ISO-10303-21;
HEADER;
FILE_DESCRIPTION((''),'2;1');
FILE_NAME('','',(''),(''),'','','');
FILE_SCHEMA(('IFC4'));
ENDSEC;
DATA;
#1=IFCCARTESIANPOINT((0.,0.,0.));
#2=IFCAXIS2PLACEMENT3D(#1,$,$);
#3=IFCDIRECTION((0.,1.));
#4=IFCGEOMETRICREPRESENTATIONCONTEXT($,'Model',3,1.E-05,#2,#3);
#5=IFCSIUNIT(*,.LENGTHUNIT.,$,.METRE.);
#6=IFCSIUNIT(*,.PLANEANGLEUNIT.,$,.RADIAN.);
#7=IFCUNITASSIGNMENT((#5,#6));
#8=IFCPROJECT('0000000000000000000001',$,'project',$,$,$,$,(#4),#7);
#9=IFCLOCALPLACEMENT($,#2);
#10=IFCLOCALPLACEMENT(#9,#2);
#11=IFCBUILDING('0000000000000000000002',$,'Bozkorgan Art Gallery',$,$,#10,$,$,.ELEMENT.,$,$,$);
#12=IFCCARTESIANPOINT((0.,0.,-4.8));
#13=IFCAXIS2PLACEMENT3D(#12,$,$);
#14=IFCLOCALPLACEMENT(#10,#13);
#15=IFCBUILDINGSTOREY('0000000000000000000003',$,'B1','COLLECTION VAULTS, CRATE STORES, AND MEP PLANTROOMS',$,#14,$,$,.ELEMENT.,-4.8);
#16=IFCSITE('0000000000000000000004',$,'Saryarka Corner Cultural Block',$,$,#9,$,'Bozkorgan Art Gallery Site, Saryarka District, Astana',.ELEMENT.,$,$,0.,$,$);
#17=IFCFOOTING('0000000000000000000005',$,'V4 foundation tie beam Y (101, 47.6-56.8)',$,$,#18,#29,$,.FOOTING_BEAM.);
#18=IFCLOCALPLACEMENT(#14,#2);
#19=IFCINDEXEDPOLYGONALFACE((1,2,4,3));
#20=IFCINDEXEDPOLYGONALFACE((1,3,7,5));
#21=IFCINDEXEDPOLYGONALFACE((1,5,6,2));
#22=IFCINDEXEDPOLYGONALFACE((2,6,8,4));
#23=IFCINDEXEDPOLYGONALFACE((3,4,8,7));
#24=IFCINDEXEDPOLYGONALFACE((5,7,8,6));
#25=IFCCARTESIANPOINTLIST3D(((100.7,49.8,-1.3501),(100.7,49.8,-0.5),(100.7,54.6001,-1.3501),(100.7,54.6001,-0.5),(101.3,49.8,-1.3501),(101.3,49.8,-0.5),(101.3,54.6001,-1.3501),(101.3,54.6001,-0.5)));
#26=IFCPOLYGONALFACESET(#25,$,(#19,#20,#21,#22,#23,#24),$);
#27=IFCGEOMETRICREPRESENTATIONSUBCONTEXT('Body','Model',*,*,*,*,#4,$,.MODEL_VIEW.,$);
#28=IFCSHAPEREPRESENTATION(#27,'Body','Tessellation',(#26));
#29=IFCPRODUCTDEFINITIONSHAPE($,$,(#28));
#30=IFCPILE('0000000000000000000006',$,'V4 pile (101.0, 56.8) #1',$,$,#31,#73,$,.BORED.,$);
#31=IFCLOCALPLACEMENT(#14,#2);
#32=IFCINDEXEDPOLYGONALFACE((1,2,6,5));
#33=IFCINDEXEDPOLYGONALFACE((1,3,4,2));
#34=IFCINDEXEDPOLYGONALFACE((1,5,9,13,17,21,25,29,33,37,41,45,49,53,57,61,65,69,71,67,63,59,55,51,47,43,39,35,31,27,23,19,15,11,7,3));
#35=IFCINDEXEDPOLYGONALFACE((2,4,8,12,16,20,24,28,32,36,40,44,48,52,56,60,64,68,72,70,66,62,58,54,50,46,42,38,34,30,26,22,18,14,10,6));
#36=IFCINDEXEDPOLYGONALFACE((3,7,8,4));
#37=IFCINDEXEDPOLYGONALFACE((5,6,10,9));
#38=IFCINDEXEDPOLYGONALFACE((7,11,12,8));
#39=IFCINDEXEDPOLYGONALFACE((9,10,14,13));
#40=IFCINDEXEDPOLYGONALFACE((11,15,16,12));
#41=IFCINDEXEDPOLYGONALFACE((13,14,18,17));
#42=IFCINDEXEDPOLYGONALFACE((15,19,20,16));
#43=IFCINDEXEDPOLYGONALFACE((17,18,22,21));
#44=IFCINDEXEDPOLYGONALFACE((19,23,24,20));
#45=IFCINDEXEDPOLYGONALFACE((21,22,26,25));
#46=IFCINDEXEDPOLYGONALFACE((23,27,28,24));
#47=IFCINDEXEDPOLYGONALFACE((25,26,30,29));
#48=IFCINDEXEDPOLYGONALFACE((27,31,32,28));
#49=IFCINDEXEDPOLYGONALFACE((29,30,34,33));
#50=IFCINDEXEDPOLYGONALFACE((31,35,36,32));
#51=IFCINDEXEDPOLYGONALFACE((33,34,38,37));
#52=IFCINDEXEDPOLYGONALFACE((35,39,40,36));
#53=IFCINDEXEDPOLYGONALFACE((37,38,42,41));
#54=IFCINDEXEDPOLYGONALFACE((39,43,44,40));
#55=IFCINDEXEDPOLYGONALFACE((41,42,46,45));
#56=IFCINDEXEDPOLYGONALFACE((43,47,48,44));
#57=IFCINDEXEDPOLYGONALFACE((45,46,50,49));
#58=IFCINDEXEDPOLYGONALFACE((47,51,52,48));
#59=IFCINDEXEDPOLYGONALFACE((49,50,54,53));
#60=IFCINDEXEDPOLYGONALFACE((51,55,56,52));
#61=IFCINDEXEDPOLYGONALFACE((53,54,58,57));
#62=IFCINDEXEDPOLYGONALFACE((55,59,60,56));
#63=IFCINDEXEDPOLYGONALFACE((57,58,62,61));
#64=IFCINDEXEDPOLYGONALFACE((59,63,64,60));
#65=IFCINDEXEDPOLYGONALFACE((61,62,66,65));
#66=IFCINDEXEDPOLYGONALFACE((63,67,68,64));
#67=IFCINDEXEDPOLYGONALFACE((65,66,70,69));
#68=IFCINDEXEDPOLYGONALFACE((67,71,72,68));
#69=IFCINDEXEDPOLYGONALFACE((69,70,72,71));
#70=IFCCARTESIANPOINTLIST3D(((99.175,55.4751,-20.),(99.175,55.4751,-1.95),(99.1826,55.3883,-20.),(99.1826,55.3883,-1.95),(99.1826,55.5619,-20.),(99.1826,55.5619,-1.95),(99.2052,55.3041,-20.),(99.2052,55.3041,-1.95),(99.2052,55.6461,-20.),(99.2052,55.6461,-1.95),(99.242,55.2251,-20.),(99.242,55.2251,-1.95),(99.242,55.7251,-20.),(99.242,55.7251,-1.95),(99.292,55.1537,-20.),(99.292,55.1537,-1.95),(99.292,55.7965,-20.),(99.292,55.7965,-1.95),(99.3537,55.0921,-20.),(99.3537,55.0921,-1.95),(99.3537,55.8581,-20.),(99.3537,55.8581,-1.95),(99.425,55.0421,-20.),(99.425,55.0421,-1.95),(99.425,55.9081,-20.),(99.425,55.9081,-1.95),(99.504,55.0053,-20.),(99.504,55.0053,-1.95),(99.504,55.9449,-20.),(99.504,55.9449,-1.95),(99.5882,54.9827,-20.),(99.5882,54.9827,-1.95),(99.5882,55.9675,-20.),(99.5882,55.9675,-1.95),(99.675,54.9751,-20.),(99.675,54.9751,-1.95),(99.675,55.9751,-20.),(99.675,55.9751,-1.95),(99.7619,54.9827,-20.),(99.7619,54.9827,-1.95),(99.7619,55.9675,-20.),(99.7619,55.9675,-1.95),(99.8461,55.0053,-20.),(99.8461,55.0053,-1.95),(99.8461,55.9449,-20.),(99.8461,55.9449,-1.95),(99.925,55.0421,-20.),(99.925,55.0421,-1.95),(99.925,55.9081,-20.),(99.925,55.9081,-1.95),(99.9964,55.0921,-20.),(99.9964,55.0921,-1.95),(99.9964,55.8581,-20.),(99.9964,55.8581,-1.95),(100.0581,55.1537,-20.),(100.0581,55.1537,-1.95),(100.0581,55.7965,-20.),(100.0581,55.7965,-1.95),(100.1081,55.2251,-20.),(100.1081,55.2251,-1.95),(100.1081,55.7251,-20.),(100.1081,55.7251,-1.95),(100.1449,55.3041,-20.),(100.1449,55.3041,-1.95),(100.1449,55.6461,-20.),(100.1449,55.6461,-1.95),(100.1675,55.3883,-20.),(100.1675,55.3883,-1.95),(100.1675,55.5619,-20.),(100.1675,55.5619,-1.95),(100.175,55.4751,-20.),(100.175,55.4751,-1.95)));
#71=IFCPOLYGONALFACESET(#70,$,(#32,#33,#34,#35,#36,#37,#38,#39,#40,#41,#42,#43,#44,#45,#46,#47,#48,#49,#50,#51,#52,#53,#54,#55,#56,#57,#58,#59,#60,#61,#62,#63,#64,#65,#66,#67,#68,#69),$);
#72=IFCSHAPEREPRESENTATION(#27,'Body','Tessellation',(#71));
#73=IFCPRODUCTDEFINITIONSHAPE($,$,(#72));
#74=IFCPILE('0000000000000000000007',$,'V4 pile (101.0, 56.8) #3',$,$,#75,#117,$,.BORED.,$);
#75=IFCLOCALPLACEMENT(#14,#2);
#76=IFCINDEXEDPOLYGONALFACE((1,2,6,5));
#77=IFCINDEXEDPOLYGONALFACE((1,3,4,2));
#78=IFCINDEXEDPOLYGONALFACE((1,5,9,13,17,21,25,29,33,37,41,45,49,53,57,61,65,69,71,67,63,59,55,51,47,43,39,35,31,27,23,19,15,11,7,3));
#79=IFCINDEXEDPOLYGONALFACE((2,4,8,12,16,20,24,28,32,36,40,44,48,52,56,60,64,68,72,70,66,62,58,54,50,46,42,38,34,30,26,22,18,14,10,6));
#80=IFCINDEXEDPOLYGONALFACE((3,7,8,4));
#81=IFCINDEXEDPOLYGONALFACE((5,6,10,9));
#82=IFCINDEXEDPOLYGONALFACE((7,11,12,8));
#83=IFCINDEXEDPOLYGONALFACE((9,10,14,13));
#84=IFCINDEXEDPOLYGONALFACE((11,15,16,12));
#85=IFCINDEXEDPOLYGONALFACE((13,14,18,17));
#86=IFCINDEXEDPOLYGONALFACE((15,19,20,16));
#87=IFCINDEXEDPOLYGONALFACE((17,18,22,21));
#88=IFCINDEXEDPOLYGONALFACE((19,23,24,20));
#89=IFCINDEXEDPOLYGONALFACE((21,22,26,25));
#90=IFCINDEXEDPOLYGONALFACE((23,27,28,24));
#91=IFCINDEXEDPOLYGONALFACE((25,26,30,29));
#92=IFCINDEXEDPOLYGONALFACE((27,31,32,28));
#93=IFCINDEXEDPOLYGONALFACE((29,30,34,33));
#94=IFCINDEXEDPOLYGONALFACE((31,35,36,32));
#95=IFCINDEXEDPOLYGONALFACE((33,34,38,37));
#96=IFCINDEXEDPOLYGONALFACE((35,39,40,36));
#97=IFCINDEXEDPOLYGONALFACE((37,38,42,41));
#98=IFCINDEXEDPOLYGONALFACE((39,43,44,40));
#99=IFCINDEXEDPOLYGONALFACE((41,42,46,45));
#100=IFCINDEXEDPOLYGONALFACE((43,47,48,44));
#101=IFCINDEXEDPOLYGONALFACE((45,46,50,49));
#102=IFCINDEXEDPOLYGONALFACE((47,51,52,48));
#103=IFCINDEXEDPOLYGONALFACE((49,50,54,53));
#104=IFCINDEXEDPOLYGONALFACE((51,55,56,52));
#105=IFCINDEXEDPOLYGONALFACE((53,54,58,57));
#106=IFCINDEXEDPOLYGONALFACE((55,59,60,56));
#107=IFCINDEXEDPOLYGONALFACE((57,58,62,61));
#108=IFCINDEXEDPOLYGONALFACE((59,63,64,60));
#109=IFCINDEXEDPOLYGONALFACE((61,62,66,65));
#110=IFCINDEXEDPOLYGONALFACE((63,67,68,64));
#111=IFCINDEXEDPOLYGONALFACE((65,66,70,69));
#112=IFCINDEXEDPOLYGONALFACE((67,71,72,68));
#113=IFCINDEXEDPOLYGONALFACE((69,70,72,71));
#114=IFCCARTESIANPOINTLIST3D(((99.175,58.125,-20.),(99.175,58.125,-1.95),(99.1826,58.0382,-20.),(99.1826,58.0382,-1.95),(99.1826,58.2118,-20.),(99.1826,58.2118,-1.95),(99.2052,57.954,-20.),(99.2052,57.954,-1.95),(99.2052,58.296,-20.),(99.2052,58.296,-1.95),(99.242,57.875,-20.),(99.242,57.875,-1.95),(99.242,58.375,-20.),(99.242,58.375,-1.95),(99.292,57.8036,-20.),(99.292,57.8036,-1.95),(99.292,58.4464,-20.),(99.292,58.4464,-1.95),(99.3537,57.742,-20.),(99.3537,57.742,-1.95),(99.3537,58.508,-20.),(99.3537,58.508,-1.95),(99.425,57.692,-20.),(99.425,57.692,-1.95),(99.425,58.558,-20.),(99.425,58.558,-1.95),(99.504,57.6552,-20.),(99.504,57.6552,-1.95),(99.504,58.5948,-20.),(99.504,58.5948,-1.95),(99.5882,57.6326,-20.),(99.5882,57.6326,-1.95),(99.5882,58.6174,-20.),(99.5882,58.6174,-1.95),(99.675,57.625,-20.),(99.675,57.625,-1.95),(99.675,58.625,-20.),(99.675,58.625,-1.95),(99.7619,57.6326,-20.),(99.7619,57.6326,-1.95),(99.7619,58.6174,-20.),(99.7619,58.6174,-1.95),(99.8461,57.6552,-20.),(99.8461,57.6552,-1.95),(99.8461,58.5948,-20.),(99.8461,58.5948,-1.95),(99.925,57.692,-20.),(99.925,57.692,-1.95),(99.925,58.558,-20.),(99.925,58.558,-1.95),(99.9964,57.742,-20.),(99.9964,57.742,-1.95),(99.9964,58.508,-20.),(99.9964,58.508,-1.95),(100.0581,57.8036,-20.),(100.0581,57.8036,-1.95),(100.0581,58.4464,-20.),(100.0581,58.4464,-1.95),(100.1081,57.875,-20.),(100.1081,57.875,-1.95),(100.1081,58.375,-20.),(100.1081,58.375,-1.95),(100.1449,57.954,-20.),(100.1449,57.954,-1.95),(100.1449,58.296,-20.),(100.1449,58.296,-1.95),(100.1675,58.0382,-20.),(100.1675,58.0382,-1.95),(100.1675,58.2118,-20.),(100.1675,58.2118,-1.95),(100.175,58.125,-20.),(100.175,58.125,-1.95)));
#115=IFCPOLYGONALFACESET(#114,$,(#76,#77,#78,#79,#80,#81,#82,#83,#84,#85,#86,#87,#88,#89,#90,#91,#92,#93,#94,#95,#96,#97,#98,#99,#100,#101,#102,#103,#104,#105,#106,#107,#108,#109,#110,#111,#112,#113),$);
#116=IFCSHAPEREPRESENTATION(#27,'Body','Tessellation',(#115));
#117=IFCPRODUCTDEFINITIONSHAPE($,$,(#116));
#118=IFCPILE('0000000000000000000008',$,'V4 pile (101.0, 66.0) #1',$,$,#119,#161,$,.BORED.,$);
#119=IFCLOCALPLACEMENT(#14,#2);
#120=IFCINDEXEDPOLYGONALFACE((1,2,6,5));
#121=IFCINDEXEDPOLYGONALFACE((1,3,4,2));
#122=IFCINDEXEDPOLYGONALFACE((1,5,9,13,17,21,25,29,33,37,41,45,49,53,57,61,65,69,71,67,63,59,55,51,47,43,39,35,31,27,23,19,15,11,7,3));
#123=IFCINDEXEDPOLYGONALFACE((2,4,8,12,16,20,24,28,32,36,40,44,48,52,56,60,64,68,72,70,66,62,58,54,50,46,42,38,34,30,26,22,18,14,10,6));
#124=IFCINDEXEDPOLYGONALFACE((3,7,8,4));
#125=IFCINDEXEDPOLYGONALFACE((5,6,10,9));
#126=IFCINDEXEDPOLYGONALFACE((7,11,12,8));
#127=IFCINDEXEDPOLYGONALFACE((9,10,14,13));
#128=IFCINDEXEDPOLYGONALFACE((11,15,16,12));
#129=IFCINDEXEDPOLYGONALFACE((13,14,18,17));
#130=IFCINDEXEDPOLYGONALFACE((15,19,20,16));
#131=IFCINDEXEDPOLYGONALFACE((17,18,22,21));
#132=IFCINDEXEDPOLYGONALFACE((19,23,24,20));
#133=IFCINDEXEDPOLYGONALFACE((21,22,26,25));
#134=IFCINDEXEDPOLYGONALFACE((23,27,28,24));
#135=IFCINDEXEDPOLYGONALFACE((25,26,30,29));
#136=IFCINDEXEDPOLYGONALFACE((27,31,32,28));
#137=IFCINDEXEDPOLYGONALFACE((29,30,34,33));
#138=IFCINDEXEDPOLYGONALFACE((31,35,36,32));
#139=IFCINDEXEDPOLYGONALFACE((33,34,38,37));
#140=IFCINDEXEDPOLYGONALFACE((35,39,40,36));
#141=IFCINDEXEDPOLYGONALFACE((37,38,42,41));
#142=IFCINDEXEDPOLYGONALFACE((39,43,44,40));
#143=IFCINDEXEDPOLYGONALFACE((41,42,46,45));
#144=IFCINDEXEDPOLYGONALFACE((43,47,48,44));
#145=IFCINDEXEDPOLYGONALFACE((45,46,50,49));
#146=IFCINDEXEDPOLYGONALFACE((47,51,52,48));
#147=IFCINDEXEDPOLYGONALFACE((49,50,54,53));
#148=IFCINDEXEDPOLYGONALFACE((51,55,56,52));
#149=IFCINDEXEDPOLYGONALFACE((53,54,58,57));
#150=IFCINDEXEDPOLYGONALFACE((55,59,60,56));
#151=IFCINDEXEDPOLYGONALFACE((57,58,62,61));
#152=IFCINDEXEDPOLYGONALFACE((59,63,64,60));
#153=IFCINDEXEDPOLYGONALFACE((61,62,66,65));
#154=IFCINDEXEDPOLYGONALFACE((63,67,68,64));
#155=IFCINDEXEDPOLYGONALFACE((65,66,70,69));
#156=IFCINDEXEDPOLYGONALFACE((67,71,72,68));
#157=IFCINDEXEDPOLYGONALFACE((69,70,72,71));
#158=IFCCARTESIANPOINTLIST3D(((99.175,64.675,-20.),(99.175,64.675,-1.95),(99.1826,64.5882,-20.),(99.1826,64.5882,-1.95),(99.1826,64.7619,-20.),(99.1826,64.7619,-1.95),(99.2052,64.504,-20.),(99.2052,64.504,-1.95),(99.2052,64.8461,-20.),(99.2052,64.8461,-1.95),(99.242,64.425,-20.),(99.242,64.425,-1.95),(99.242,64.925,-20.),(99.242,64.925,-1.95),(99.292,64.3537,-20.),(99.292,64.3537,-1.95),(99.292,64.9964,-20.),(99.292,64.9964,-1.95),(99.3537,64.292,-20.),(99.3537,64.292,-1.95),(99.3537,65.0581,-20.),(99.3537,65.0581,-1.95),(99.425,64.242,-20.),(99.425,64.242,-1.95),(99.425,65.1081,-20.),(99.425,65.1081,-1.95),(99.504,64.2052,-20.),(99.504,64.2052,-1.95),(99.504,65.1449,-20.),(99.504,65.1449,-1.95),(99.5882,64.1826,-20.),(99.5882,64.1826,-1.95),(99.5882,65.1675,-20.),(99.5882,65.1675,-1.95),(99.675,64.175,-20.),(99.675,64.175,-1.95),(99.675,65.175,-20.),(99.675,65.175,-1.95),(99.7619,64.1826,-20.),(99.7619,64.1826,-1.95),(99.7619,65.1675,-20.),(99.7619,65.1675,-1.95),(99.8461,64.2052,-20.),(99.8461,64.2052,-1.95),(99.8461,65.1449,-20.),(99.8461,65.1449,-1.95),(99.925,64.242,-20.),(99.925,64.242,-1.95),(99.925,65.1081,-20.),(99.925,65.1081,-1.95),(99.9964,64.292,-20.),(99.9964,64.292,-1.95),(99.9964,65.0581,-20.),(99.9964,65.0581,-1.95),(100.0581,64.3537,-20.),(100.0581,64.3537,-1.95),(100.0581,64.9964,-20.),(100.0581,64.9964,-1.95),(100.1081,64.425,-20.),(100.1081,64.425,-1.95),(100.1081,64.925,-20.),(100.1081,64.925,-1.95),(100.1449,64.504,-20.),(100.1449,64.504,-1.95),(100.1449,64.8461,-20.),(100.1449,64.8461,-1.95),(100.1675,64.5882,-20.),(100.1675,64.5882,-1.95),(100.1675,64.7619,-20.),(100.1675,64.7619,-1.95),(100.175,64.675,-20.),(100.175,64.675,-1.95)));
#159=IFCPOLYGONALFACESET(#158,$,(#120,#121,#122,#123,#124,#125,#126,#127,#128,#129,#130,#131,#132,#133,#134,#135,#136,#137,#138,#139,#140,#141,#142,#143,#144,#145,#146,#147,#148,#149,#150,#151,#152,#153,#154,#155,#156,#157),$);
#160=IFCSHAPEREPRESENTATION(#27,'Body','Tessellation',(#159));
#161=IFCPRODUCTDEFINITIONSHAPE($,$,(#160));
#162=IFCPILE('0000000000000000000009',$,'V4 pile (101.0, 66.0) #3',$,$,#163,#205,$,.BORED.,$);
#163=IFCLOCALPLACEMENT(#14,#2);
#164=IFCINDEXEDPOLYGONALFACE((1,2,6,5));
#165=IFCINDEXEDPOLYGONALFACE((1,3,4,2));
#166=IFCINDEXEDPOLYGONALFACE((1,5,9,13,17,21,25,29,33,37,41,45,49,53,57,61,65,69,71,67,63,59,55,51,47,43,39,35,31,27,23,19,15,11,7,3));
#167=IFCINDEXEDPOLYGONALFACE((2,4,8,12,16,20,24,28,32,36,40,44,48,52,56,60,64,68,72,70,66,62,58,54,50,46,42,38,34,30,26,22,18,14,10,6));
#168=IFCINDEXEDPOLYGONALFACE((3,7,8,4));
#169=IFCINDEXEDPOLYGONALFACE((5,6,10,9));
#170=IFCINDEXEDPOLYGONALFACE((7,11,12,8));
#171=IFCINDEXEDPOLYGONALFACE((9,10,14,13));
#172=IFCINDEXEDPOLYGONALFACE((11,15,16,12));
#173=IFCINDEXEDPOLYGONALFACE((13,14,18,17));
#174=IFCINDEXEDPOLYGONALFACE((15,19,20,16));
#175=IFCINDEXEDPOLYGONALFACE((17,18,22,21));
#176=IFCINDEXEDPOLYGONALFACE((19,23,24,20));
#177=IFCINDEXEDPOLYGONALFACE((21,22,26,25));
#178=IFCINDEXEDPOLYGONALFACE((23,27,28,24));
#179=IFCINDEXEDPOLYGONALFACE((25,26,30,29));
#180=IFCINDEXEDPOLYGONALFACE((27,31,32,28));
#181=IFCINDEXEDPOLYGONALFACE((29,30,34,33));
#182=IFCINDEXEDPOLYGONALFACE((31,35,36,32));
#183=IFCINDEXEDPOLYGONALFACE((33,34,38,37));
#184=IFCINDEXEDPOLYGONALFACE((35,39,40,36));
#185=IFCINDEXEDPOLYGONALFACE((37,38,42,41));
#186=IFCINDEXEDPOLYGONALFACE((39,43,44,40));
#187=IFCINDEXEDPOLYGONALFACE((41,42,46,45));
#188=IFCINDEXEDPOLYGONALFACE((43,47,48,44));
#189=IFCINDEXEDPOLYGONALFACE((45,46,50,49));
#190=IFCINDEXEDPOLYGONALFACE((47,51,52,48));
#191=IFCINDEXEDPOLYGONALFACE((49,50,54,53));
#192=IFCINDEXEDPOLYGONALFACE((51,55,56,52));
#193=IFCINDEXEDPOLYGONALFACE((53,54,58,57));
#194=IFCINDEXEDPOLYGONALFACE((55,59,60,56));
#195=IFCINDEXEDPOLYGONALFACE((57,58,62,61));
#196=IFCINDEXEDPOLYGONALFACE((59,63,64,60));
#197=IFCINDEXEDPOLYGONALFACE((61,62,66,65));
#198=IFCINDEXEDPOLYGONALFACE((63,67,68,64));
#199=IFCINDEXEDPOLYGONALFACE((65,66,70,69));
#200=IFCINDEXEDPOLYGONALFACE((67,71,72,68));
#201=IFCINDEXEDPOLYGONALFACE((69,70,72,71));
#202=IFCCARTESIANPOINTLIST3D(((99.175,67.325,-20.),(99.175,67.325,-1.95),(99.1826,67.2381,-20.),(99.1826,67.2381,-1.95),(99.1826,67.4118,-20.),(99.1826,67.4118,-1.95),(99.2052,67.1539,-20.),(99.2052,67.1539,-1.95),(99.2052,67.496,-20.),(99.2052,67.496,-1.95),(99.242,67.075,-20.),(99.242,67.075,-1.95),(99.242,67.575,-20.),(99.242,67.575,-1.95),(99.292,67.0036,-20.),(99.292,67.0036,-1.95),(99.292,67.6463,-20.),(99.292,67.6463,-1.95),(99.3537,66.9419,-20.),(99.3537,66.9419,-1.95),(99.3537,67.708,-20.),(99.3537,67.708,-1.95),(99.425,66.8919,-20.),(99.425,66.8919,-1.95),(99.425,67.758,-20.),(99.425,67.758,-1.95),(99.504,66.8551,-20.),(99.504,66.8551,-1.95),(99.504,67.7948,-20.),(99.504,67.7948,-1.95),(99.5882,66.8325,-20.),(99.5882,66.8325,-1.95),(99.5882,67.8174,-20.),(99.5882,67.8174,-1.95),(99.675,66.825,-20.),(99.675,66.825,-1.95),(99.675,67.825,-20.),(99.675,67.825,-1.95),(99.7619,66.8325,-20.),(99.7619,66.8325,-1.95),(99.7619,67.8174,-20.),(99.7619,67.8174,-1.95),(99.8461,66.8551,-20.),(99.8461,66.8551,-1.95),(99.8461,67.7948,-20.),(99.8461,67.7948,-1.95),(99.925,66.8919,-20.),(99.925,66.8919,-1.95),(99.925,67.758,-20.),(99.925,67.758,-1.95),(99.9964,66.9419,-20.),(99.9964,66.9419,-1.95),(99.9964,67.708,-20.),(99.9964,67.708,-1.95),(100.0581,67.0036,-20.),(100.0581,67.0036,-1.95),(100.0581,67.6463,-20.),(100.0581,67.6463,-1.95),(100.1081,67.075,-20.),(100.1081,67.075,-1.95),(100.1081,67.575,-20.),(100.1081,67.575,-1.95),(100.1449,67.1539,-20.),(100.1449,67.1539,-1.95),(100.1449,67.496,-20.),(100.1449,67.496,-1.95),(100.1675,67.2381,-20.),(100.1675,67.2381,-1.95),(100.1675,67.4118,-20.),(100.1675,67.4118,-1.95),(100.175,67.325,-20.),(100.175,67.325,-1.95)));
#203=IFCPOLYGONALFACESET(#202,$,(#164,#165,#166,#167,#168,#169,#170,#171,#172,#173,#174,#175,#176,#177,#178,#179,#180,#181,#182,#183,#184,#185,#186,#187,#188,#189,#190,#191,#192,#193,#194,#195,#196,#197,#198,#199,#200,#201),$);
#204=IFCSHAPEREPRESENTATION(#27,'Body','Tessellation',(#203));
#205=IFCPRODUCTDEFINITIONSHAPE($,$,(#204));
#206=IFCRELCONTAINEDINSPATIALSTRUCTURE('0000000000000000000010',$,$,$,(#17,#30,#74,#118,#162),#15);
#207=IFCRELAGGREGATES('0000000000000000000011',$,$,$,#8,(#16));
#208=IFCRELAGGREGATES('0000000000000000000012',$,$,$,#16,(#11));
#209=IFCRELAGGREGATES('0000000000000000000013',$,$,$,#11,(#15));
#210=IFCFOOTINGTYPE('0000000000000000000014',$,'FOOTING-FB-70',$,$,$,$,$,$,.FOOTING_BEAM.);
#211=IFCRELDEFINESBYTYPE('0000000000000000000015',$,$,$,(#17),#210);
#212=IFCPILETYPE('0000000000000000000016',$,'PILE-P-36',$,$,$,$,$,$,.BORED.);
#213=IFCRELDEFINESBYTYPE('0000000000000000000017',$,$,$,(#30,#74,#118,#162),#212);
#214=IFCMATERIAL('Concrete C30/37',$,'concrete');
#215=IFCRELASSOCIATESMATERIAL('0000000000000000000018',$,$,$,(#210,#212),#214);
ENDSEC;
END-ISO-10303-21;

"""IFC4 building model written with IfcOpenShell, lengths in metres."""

from ifc_helpers import new_model, si_unit, direction, frame, origin, origin_2d, place, context, subcontext, project, spatial, rectangle, circle, extrude, material, material_profile, profile_set, type_object, element, save


model = new_model("IFC4")

# Units and contexts
model_context = context("Model", 3, precision=1e-05, world=origin(), true_north=direction((0.0, 1.0)))
body_context = subcontext(model_context, "Body", "Model", "MODEL_VIEW")
ifc_project = project(units=[si_unit("LENGTHUNIT", "METRE"), si_unit("PLANEANGLEUNIT", "RADIAN")], contexts=[model_context])

# Site, building, storey
site_placement = place(None, origin())
site = spatial("IfcSite", under=ifc_project, at=site_placement, Name="Saryarka Corner Cultural Block", LongName="Bozkorgan Art Gallery Site, Saryarka District, Astana", CompositionType="ELEMENT", RefElevation=0.0)
building_placement = place(site_placement, origin())
building = spatial("IfcBuilding", under=site, at=building_placement, Name="Bozkorgan Art Gallery", CompositionType="ELEMENT")
storey_placement = place(building_placement, frame((0.0, 0.0, -4.8)))
storey = spatial("IfcBuildingStorey", under=building, at=storey_placement, Name="B1", Description="COLLECTION VAULTS, CRATE STORES, AND MEP PLANTROOMS", CompositionType="ELEMENT", Elevation=-4.8)

# Footing
ifc_material_1 = material(Name="Concrete C30/37", Category="concrete")
ifc_material_profile_1 = material_profile(ifc_material_1, rectangle(XDim=0.6001, YDim=0.8501, at=origin_2d()), Name="FND 600x850")
ifc_profile_set_1 = profile_set([ifc_material_profile_1], Name="Concrete C30/37")
footing_type = type_object("IfcFootingType", Name="FOOTING-FB-70", PredefinedType="FOOTING_BEAM", material=ifc_profile_set_1)
footing_placement = place(storey_placement, frame((101.0, 49.8, -0.925), z_axis=(0.0, 1.0, 0.0), x_axis=(-1.0, 0.0, 0.0)))
element("IfcFooting", 1, at=footing_placement, inside=storey, type_object=footing_type, Name="V4 foundation tie beam Y (101, 47.6-56.8)", PredefinedType="FOOTING_BEAM", context=body_context, shape_type="SweptSolid", body=[
    extrude(rectangle(XDim=0.6001, YDim=0.8501, at=origin_2d()), origin(), (0.0, 0.0, 1.0), 4.8),
])

# Piles
ifc_material_profile_2 = material_profile(ifc_material_1, circle(Radius=0.5, at=origin_2d()), Name="PILE D1000")
ifc_profile_set_2 = profile_set([ifc_material_profile_2], Name="Concrete C30/37")
pile_type = type_object("IfcPileType", Name="PILE-P-36", PredefinedType="BORED", material=ifc_profile_set_2)
for number, where, z_axis, x_axis, name in (
    (2, (99.675, 55.4751, -1.95), (0.0, 0.0, -1.0), (1.0, 0.0, 0.0), "V4 pile (101.0, 56.8) #1"),
    (3, (99.675, 58.125, -1.95), (0.0, 0.0, -1.0), (1.0, 0.0, 0.0), "V4 pile (101.0, 56.8) #3"),
    (4, (99.675, 64.675, -1.95), (0.0, 0.0, -1.0), (1.0, 0.0, 0.0), "V4 pile (101.0, 66.0) #1"),
    (5, (99.675, 67.325, -1.95), (0.0, 0.0, -1.0), (1.0, 0.0, 0.0), "V4 pile (101.0, 66.0) #3"),
):
    element("IfcPile", number, at=place(storey_placement, frame(where, z_axis=z_axis, x_axis=x_axis)), inside=storey, type_object=pile_type, Name=name, PredefinedType="BORED", context=body_context, shape_type="SweptSolid", body=[
        extrude(circle(Radius=0.5, at=origin_2d()), origin(), (0.0, 0.0, 1.0), 18.05),
    ])

save(model, "model.ifc")
